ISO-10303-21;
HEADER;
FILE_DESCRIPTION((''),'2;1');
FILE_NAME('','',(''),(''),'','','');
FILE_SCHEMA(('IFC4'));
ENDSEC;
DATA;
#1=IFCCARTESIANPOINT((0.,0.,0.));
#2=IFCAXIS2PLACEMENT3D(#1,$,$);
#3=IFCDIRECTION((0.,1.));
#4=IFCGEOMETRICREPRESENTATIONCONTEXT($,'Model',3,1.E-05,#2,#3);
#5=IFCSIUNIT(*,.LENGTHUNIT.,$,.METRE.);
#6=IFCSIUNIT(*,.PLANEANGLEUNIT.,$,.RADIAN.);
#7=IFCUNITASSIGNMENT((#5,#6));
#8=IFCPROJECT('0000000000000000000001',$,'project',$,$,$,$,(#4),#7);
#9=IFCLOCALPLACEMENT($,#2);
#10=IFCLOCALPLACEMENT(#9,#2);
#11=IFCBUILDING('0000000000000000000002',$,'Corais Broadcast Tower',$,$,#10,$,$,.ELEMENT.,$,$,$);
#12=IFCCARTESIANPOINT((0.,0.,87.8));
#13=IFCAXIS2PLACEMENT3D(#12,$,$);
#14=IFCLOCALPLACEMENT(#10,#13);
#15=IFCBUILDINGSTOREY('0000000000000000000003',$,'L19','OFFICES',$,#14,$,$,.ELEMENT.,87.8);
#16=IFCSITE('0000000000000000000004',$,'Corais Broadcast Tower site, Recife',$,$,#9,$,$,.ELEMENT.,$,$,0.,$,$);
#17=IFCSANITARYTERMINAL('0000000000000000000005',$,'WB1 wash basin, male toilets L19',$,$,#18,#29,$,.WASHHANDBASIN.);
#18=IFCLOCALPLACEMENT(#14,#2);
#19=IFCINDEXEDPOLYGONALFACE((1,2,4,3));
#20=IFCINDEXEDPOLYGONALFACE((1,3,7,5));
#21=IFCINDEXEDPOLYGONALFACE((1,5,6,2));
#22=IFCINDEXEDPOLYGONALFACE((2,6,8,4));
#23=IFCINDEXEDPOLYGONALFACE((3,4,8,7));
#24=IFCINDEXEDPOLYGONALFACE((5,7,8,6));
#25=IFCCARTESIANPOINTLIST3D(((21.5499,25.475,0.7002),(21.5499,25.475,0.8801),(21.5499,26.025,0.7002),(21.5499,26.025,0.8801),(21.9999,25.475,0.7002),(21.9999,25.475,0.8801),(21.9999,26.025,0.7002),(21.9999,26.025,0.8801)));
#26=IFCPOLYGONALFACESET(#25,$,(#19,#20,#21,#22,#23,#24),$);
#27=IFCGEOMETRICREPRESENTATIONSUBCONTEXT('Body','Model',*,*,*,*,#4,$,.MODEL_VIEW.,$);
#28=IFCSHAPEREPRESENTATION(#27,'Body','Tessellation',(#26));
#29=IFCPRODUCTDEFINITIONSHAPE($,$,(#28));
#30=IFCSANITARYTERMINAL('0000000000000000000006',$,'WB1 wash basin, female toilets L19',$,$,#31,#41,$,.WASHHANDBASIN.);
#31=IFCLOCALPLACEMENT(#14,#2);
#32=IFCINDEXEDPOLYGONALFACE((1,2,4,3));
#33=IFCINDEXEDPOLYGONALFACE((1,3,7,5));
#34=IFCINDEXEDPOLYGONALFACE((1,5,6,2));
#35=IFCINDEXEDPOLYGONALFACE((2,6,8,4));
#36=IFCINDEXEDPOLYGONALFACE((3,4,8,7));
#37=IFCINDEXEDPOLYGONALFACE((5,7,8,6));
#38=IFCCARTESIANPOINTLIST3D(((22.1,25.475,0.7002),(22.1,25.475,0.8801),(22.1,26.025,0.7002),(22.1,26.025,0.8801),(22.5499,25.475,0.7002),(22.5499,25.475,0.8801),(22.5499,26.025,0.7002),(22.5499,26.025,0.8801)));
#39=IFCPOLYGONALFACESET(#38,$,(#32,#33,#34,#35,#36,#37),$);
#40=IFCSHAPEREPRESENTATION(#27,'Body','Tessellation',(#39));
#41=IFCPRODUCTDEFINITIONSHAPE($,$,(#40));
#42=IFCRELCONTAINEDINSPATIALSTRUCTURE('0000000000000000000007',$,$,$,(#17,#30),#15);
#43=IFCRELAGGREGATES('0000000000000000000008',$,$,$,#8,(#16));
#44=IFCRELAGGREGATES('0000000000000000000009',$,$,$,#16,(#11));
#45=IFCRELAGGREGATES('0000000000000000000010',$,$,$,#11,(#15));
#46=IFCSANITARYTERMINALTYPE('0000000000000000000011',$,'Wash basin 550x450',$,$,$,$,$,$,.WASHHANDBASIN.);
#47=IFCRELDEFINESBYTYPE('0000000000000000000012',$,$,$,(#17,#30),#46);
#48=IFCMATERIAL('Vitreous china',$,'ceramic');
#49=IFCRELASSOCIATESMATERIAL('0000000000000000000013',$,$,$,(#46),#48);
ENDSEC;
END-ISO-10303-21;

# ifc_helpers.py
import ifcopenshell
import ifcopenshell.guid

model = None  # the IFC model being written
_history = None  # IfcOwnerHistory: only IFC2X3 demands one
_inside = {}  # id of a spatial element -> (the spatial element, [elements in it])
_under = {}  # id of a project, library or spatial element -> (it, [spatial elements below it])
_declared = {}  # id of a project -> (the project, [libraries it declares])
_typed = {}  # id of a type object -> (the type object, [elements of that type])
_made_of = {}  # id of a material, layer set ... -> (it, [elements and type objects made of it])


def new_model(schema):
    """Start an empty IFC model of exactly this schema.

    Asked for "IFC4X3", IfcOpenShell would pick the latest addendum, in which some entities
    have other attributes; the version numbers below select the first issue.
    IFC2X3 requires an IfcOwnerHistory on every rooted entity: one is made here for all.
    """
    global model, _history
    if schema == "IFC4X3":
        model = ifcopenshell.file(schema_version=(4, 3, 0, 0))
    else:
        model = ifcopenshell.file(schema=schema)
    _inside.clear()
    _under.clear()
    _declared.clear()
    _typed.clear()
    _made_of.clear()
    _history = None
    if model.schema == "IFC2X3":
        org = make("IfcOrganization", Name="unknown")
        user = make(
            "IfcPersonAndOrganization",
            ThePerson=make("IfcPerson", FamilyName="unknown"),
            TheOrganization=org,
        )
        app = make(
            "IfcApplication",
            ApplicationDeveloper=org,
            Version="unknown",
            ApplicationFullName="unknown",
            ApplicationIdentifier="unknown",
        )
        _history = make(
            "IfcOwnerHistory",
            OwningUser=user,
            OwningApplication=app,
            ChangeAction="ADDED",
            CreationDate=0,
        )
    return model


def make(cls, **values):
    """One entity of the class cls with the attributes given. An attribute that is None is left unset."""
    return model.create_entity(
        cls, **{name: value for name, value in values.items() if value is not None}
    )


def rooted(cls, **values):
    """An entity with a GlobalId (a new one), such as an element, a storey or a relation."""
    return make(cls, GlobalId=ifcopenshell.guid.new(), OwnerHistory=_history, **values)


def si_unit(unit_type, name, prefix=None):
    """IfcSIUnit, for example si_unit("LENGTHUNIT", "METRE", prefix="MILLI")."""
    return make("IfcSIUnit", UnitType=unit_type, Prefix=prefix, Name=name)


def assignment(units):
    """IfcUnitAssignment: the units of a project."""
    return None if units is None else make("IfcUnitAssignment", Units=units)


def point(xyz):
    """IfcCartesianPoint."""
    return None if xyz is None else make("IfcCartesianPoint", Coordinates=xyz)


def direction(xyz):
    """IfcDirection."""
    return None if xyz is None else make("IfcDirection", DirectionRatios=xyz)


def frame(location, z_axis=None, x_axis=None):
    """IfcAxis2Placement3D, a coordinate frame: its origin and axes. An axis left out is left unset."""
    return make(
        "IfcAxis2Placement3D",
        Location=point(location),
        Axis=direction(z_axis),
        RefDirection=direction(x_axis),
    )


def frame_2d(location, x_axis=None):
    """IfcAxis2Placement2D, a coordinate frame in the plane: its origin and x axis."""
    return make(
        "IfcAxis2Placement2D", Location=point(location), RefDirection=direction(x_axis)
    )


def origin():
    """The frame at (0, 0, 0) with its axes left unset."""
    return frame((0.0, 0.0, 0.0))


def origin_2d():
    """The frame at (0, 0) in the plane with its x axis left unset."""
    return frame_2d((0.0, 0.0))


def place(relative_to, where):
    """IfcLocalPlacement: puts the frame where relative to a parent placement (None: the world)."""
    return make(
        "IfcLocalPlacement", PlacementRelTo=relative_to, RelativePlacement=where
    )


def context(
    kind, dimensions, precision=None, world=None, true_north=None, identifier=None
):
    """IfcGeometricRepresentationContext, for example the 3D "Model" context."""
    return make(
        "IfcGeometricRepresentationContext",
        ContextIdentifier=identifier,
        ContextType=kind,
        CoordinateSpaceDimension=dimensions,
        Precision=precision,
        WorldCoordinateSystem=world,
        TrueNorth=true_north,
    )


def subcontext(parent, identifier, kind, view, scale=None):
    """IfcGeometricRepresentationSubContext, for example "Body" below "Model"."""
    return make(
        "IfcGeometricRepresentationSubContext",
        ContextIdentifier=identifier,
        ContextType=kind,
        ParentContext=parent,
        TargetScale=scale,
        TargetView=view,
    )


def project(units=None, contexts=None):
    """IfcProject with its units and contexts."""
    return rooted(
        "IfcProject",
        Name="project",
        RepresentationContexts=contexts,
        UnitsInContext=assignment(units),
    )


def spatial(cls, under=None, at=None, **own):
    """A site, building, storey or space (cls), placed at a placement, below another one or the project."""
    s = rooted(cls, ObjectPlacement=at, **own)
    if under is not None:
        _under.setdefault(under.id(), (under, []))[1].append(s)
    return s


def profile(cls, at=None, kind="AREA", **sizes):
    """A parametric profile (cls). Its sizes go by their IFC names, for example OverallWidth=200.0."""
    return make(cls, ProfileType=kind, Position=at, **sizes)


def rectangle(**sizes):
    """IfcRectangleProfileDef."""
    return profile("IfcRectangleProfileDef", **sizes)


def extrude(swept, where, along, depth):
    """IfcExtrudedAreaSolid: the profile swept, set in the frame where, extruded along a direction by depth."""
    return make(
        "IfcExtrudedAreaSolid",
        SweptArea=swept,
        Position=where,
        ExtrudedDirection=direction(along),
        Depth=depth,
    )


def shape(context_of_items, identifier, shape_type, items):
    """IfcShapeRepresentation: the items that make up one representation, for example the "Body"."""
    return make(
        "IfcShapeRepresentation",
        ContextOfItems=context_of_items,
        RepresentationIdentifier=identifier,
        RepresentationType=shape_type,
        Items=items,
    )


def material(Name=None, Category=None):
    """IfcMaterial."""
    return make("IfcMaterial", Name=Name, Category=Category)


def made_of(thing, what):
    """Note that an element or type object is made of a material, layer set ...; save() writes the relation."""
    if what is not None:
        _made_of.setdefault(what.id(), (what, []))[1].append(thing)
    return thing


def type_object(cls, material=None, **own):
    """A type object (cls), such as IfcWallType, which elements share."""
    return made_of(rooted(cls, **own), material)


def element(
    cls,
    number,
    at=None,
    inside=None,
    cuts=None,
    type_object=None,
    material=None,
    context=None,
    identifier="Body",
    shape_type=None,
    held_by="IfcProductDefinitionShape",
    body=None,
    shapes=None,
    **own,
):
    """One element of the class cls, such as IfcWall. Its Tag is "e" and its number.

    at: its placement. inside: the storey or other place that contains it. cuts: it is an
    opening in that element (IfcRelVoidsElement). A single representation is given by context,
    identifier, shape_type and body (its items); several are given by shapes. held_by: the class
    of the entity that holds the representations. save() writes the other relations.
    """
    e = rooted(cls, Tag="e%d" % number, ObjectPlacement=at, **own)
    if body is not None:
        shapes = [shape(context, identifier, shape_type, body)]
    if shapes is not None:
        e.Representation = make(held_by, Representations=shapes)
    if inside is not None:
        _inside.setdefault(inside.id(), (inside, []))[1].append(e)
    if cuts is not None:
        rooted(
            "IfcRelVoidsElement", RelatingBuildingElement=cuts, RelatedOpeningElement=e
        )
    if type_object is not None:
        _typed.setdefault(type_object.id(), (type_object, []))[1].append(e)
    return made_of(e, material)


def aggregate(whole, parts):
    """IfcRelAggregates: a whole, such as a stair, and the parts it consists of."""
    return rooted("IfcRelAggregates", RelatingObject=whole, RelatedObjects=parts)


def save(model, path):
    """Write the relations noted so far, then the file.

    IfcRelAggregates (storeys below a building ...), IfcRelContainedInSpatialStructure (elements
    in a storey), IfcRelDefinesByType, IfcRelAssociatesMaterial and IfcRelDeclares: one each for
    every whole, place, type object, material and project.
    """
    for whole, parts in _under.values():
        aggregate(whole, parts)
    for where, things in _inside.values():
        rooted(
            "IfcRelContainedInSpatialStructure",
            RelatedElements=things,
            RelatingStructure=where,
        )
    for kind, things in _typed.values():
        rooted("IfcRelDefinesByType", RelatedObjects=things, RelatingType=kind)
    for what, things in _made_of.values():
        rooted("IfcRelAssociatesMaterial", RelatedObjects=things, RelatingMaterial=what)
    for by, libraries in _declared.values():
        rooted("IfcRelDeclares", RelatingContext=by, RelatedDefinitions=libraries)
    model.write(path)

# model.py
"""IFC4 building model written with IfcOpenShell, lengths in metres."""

from ifc_helpers import new_model, si_unit, direction, frame, origin, origin_2d, place, context, subcontext, project, spatial, rectangle, extrude, material, type_object, element, save


model = new_model("IFC4")

# Units and contexts
model_context = context("Model", 3, precision=1e-05, world=origin(), true_north=direction((0.0, 1.0)))
body_context = subcontext(model_context, "Body", "Model", "MODEL_VIEW")
ifc_project = project(units=[si_unit("LENGTHUNIT", "METRE"), si_unit("PLANEANGLEUNIT", "RADIAN")], contexts=[model_context])

# Site, building, storey
site_placement = place(None, origin())
site = spatial("IfcSite", under=ifc_project, at=site_placement, Name="Corais Broadcast Tower site, Recife", CompositionType="ELEMENT", RefElevation=0.0)
building_placement = place(site_placement, origin())
building = spatial("IfcBuilding", under=site, at=building_placement, Name="Corais Broadcast Tower", CompositionType="ELEMENT")
storey_placement = place(building_placement, frame((0.0, 0.0, 87.8)))
storey = spatial("IfcBuildingStorey", under=building, at=storey_placement, Name="L19", Description="OFFICES", CompositionType="ELEMENT", Elevation=87.8)

# Sanitary terminals
ifc_material_1 = material(Name="Vitreous china", Category="ceramic")
sanitary_terminal_type_1 = type_object("IfcSanitaryTerminalType", Name="Wash basin 550x450", PredefinedType="WASHHANDBASIN", material=ifc_material_1)
for number, where, z_axis, x_axis, name in (
    (1, (21.7749, 25.75, 0.7002), (0.0, 0.0, 1.0), (1.0, 0.0, 0.0), "WB1 wash basin, male toilets L19"),
    (2, (22.325, 25.75, 0.7002), (0.0, 0.0, 1.0), (1.0, 0.0, 0.0), "WB1 wash basin, female toilets L19"),
):
    element("IfcSanitaryTerminal", number, at=place(storey_placement, frame(where, z_axis=z_axis, x_axis=x_axis)), inside=storey, type_object=sanitary_terminal_type_1, Name=name, PredefinedType="WASHHANDBASIN", context=body_context, shape_type="SweptSolid", body=[
        extrude(rectangle(XDim=0.45, YDim=0.55, at=origin_2d()), origin(), (0.0, 0.0, 1.0), 0.1799),
    ])

save(model, "model.ifc")
